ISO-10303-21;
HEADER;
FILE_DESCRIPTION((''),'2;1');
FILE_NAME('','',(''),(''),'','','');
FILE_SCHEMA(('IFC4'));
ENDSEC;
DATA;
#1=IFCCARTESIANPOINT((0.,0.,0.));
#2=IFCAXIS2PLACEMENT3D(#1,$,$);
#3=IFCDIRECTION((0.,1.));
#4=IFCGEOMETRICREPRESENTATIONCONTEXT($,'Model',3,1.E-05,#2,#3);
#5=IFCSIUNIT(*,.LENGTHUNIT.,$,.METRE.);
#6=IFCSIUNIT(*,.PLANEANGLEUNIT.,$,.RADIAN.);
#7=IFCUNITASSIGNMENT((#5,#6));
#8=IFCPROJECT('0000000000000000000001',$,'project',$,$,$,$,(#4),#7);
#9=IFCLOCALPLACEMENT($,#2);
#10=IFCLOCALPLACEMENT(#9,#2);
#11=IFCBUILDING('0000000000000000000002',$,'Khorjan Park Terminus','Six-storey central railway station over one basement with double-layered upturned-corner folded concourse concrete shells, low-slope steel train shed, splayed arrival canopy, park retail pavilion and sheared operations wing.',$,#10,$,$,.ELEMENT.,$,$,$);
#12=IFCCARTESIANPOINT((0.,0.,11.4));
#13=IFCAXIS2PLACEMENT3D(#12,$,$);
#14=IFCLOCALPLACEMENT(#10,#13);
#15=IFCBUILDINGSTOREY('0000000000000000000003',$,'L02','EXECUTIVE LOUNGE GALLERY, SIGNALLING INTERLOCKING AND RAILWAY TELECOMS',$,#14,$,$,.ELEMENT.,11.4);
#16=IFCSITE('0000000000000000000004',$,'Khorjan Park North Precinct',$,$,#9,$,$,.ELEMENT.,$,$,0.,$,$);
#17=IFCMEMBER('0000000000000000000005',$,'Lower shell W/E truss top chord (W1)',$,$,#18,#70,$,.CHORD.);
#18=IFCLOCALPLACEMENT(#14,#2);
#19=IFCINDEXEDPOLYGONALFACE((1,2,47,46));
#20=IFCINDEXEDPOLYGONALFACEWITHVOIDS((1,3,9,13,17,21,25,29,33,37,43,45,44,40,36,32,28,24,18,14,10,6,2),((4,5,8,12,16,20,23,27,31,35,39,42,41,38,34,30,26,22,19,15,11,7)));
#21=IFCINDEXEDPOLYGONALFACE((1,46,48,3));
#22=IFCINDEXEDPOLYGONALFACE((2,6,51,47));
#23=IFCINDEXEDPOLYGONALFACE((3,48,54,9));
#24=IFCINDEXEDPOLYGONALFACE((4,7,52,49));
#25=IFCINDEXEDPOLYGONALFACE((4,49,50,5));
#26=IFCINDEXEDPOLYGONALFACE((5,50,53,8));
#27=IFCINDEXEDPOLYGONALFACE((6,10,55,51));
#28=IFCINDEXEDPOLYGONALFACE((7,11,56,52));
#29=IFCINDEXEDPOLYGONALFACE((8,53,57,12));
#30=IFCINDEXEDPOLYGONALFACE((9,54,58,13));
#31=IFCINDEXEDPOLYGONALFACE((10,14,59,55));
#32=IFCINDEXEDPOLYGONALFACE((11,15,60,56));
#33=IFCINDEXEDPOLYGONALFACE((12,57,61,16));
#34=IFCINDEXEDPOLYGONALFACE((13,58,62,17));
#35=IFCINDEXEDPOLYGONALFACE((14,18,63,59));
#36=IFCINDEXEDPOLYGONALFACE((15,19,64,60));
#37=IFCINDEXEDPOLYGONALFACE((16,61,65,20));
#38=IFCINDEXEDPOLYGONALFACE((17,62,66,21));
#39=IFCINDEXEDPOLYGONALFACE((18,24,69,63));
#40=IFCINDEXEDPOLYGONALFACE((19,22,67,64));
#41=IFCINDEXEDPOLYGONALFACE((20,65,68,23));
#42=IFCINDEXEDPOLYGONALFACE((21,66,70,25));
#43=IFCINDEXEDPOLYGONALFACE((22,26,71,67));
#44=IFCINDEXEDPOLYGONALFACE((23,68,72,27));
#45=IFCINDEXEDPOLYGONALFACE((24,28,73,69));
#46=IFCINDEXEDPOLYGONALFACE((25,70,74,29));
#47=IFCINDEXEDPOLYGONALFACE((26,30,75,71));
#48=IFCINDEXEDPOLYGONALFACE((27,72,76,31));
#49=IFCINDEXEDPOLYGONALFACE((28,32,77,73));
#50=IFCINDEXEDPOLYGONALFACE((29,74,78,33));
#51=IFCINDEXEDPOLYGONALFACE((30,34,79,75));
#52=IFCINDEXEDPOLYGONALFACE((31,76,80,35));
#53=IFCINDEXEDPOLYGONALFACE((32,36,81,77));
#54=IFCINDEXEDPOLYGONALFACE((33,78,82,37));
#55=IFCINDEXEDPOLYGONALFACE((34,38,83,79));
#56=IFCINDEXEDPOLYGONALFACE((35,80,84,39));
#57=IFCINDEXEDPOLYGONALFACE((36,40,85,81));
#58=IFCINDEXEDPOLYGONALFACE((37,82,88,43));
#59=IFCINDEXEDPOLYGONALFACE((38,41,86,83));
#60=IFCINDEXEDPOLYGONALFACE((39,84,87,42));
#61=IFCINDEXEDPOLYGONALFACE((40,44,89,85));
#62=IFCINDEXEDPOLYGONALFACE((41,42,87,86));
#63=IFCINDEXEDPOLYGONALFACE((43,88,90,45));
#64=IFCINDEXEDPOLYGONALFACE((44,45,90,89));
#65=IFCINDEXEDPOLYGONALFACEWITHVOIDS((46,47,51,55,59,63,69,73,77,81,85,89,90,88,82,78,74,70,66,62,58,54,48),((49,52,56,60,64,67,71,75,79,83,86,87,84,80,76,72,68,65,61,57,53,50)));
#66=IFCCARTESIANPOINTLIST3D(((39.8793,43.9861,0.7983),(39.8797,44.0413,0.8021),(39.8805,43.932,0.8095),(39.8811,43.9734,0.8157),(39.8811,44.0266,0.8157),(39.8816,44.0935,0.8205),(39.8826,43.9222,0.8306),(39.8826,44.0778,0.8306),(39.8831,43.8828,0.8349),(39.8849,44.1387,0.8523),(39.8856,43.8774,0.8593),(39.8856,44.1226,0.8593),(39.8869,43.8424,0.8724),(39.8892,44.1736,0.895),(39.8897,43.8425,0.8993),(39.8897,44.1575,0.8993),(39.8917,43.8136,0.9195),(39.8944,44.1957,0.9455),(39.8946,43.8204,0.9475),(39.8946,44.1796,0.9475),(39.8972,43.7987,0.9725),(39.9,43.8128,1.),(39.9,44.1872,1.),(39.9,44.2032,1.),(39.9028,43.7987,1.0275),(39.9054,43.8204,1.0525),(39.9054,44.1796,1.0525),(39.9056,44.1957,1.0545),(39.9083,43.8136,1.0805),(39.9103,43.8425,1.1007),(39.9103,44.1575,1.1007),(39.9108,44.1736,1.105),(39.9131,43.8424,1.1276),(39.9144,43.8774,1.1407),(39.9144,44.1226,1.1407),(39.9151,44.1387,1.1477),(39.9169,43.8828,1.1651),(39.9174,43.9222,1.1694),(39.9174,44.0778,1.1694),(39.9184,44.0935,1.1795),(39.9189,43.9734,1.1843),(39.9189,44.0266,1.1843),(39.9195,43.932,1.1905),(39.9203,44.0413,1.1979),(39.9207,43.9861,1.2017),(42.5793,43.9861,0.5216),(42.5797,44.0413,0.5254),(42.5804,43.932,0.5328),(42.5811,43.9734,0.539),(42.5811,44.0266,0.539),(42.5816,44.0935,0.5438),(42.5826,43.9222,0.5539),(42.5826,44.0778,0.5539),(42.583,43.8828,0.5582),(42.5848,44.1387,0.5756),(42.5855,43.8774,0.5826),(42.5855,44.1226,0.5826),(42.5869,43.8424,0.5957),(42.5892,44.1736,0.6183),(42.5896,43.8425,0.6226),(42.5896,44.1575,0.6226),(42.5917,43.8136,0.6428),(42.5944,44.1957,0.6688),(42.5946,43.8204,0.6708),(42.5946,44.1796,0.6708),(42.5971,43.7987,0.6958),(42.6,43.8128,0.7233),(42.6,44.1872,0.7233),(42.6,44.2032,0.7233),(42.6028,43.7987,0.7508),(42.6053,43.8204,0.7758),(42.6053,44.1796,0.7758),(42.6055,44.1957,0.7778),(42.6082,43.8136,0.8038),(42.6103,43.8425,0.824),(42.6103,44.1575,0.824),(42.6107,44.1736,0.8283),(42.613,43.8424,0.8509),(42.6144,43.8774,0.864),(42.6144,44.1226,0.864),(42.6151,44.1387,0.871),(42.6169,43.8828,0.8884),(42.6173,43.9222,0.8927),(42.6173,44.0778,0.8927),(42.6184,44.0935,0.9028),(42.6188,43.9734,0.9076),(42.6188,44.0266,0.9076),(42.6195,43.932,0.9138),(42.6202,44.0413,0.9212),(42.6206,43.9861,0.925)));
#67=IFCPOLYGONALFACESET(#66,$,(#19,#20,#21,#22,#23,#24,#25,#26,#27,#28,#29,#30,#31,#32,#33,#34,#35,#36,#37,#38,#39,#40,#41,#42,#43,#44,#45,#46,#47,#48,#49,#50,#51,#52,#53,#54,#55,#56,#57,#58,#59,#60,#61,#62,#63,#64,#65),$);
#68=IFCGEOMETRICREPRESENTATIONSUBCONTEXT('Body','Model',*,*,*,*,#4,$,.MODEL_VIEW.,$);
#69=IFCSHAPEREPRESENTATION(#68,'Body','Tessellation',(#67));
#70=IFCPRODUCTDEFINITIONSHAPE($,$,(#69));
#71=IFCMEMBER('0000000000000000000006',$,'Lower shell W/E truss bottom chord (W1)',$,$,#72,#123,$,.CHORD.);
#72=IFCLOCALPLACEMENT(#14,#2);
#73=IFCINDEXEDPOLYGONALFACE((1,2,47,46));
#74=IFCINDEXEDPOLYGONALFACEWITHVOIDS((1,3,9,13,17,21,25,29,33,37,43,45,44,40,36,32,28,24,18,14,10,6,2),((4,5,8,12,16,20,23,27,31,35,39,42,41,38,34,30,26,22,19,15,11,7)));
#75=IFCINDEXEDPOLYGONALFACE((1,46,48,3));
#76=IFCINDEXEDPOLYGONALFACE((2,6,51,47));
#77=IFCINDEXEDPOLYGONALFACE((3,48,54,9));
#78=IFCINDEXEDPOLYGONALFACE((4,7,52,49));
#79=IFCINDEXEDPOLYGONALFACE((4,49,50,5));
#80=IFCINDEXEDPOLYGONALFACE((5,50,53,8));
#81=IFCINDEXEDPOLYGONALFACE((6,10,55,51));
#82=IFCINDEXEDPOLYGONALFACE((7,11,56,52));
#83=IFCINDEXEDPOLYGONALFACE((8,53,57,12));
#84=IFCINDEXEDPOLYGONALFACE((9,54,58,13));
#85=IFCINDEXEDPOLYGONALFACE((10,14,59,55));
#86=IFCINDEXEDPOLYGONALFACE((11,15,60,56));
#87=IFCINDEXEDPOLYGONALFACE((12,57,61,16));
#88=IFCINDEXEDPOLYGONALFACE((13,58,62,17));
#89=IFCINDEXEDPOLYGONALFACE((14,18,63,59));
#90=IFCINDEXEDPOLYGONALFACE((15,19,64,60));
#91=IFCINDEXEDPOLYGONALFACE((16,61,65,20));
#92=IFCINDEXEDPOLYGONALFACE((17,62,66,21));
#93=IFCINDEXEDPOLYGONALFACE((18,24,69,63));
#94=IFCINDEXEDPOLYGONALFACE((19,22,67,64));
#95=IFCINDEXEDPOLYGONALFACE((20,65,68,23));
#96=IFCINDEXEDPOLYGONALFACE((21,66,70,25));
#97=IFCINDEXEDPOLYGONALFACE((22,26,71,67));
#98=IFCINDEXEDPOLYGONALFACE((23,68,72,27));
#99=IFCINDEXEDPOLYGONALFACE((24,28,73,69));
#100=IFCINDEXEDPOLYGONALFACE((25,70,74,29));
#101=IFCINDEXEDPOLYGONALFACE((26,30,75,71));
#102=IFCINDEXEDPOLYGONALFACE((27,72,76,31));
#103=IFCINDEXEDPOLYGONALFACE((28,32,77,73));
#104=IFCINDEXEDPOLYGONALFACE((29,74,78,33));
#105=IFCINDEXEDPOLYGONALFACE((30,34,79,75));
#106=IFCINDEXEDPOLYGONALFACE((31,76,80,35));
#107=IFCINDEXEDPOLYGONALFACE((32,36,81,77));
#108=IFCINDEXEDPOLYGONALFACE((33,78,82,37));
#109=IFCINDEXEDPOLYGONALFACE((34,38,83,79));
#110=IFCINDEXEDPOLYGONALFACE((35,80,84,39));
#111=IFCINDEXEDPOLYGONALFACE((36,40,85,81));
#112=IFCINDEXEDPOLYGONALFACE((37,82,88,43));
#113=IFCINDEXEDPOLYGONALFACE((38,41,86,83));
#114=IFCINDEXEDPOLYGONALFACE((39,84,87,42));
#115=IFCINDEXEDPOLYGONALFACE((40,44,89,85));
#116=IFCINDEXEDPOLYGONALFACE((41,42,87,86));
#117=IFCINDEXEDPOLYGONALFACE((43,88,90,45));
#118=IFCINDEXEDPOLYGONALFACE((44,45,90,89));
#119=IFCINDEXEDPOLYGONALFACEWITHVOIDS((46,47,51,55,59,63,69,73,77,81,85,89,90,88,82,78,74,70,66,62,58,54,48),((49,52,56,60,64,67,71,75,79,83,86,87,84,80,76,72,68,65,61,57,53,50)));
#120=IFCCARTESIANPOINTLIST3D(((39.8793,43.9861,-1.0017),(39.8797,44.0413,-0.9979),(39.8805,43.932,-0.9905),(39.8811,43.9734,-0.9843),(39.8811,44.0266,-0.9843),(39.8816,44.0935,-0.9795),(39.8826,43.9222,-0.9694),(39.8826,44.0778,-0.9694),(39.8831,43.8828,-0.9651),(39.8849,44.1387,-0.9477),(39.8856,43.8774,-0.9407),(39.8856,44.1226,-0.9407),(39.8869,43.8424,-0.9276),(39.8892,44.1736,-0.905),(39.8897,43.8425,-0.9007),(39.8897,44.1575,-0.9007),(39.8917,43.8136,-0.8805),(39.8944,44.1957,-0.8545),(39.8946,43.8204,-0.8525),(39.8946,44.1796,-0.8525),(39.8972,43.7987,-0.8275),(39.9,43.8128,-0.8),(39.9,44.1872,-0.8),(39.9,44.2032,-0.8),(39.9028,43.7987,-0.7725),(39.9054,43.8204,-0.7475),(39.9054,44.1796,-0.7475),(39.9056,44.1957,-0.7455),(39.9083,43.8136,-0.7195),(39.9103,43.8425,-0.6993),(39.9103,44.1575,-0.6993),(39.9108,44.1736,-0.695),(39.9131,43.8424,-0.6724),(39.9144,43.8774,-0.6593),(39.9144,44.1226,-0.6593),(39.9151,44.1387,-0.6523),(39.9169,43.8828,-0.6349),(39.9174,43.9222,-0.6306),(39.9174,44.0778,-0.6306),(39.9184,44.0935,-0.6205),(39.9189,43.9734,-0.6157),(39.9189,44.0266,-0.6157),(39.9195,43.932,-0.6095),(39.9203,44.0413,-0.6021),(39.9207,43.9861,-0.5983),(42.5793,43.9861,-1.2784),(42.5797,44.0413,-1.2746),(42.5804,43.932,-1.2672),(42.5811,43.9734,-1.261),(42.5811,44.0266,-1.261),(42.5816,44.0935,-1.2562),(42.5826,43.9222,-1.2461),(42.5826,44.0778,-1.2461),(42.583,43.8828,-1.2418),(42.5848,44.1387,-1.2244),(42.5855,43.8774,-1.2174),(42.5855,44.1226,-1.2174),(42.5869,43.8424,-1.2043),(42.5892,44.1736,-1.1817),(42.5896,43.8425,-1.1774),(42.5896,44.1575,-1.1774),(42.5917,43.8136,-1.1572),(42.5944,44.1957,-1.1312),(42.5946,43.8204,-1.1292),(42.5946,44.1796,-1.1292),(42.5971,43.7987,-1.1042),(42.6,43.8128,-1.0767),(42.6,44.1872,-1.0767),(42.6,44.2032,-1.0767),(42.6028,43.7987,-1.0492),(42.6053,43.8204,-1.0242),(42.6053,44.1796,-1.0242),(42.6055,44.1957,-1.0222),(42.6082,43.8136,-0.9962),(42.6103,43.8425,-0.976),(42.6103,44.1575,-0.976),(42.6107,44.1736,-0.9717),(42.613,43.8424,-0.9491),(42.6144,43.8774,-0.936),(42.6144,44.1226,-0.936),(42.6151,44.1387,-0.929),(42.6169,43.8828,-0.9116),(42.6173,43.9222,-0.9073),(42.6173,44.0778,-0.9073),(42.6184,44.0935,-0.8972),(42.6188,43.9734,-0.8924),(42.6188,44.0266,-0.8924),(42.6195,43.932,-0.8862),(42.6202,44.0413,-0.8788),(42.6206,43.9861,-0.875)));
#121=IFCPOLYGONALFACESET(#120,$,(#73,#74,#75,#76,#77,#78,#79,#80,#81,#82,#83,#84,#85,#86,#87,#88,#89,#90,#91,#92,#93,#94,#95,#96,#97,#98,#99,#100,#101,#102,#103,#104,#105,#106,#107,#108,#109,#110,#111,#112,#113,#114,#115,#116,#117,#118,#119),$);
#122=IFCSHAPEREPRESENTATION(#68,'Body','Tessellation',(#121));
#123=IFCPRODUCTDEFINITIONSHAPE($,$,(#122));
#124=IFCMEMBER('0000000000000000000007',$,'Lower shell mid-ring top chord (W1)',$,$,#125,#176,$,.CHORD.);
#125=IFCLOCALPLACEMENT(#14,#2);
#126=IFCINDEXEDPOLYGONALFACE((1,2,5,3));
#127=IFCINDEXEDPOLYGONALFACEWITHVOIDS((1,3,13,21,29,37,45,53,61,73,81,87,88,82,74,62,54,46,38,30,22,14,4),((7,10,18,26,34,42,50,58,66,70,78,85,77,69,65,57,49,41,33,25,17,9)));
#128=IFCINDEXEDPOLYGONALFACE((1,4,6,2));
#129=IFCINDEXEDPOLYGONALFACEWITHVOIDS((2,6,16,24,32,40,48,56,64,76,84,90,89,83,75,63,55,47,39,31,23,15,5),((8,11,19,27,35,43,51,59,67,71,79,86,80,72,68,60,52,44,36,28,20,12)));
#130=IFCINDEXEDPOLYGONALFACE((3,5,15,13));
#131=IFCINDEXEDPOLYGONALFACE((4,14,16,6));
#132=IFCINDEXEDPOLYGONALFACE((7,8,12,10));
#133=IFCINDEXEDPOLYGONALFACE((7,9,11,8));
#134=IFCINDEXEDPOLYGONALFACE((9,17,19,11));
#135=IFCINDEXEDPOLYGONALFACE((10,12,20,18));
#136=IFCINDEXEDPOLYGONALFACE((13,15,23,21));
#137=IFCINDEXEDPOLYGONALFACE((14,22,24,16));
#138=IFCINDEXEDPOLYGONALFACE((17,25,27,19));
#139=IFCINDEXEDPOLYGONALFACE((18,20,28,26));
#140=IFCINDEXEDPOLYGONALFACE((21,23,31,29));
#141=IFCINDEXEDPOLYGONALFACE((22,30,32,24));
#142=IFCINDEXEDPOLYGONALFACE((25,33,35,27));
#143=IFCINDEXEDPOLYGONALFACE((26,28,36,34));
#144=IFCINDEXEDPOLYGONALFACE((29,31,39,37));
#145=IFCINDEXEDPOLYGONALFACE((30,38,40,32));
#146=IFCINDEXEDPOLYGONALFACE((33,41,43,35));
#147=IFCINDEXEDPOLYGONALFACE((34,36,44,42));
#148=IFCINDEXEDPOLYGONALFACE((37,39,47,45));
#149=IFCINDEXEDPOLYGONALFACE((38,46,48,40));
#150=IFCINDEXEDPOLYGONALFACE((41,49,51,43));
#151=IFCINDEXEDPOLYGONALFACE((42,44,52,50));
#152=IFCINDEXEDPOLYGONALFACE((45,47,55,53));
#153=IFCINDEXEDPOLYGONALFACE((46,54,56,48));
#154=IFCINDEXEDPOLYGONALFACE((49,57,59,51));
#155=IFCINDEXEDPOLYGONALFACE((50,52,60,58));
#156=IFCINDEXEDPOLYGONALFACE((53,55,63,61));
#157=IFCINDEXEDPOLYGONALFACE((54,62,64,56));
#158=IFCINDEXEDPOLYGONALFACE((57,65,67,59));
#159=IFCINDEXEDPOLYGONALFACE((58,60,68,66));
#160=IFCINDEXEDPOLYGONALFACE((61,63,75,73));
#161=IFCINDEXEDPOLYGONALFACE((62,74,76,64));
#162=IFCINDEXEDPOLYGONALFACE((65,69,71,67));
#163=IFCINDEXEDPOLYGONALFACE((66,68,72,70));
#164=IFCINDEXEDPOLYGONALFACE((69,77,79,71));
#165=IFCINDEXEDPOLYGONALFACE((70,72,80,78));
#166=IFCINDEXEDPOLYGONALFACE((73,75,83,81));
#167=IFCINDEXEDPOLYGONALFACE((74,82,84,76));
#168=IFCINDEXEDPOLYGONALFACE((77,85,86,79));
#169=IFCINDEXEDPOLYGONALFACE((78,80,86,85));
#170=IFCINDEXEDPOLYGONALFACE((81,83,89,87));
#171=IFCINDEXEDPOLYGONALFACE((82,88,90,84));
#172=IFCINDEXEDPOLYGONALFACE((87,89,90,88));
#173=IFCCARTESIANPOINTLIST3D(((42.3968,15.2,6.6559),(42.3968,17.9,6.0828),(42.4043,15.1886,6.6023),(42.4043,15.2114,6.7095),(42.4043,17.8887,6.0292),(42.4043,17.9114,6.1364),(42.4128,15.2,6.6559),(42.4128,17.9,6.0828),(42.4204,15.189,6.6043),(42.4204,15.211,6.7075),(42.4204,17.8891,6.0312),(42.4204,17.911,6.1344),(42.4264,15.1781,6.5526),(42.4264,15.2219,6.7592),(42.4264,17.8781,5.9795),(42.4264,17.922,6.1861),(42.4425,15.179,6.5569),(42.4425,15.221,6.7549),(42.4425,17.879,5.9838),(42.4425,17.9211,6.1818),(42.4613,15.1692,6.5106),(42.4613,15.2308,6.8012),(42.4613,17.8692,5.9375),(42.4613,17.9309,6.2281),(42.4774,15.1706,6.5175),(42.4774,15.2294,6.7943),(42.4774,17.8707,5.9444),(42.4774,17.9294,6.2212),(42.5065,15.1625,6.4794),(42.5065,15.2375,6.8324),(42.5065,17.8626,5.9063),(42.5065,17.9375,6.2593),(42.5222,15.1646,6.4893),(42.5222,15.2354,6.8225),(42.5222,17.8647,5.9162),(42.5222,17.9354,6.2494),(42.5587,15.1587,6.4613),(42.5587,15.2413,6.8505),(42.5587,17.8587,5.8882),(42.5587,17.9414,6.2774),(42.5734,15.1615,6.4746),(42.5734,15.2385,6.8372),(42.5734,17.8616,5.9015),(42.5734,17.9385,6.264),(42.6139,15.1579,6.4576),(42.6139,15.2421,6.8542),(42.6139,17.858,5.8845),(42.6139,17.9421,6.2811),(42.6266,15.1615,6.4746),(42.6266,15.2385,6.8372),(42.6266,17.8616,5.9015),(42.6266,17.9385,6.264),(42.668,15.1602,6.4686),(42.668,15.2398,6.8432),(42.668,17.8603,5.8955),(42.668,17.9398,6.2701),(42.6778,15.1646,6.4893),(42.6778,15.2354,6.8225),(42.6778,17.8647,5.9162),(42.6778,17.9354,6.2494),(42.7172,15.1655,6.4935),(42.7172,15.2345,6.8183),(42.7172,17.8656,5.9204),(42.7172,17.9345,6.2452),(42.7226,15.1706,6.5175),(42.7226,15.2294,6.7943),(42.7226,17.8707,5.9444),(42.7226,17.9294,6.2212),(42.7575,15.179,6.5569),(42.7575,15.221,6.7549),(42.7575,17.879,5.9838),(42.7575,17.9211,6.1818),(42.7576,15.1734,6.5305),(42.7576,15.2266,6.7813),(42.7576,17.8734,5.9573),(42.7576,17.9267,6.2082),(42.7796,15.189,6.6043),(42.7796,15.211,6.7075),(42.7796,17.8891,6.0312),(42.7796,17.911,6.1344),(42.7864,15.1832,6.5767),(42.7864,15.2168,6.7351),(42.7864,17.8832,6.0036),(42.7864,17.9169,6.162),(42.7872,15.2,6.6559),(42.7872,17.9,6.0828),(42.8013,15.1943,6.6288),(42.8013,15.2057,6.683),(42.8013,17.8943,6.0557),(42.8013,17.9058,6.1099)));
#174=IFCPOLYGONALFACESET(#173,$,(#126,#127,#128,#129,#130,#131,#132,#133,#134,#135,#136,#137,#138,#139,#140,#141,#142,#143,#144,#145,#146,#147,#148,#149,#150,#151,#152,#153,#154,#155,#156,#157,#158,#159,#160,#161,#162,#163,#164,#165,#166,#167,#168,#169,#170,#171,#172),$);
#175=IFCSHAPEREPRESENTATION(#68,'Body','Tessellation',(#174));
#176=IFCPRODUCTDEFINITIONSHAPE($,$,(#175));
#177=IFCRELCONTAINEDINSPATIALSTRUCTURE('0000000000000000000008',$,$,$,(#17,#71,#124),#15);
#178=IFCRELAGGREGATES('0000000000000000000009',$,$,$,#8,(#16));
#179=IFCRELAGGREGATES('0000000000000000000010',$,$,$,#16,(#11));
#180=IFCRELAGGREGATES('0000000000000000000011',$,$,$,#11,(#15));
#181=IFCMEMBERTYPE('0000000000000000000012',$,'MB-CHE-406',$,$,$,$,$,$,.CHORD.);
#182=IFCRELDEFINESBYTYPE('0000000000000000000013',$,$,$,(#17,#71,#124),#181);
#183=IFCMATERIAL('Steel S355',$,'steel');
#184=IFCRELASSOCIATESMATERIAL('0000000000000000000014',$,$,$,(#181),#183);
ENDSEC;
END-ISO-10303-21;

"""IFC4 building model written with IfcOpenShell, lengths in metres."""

from ifc_helpers import new_model, si_unit, direction, frame, origin, origin_2d, place, context, subcontext, project, spatial, hollow_circle, extrude, material, material_profile, profile_set, type_object, element, save


model = new_model("IFC4")

# Units and contexts
model_context = context("Model", 3, precision=1e-05, world=origin(), true_north=direction((0.0, 1.0)))
body_context = subcontext(model_context, "Body", "Model", "MODEL_VIEW")
ifc_project = project(units=[si_unit("LENGTHUNIT", "METRE"), si_unit("PLANEANGLEUNIT", "RADIAN")], contexts=[model_context])

# Site, building, storey
site_placement = place(None, origin())
site = spatial("IfcSite", under=ifc_project, at=site_placement, Name="Khorjan Park North Precinct", CompositionType="ELEMENT", RefElevation=0.0)
building_placement = place(site_placement, origin())
building = spatial("IfcBuilding", under=site, at=building_placement, Name="Khorjan Park Terminus", Description="Six-storey central railway station over one basement with double-layered upturned-corner folded concourse concrete shells, low-slope steel train shed, splayed arrival canopy, park retail pavilion and sheared operations wing.", CompositionType="ELEMENT")
storey_placement = place(building_placement, frame((0.0, 0.0, 11.4)))
storey = spatial("IfcBuildingStorey", under=building, at=storey_placement, Name="L02", Description="EXECUTIVE LOUNGE GALLERY, SIGNALLING INTERLOCKING AND RAILWAY TELECOMS", CompositionType="ELEMENT", Elevation=11.4)

# Members
ifc_material_1 = material(Name="Steel S355", Category="steel")
ifc_material_profile_1 = material_profile(ifc_material_1, hollow_circle(Radius=0.2032, WallThickness=0.016, at=origin_2d()), Name="CHS 406.4x16")
ifc_profile_set_1 = profile_set([ifc_material_profile_1], Name="Steel S355")
member_type_1 = type_object("IfcMemberType", Name="MB-CHE-406", PredefinedType="CHORD", material=ifc_profile_set_1)
for number, where, z_axis, x_axis, name in (
    (1, (39.9, 44.0, 1.0), (0.99479, 0.0, -0.101948), (0.0, 1.0, 0.0), "Lower shell W/E truss top chord (W1)"),
    (2, (39.9, 44.0, -0.8), (0.99479, 0.0, -0.101948), (0.0, 1.0, 0.0), "Lower shell W/E truss bottom chord (W1)"),
):
    element("IfcMember", number, at=place(storey_placement, frame(where, z_axis=z_axis, x_axis=x_axis)), inside=storey, type_object=member_type_1, Name=name, PredefinedType="CHORD", context=body_context, shape_type="SweptSolid", body=[
        extrude(hollow_circle(Radius=0.2032, WallThickness=0.016, at=origin_2d()), origin(), (0.0, 0.0, 1.0), 2.7141),
    ])
for number, where, z_axis, x_axis, name in (
    (3, (42.6, 15.2, 6.6559), (0.0, 0.978207, -0.207633), (-1.0, 0.0, 0.0), "Lower shell mid-ring top chord (W1)"),
):
    element("IfcMember", number, at=place(storey_placement, frame(where, z_axis=z_axis, x_axis=x_axis)), inside=storey, type_object=member_type_1, Name=name, PredefinedType="CHORD", context=body_context, shape_type="SweptSolid", body=[
        extrude(hollow_circle(Radius=0.2032, WallThickness=0.016, at=origin_2d()), origin(), (0.0, 0.0, 1.0), 2.7602),
    ])

save(model, "model.ifc")
